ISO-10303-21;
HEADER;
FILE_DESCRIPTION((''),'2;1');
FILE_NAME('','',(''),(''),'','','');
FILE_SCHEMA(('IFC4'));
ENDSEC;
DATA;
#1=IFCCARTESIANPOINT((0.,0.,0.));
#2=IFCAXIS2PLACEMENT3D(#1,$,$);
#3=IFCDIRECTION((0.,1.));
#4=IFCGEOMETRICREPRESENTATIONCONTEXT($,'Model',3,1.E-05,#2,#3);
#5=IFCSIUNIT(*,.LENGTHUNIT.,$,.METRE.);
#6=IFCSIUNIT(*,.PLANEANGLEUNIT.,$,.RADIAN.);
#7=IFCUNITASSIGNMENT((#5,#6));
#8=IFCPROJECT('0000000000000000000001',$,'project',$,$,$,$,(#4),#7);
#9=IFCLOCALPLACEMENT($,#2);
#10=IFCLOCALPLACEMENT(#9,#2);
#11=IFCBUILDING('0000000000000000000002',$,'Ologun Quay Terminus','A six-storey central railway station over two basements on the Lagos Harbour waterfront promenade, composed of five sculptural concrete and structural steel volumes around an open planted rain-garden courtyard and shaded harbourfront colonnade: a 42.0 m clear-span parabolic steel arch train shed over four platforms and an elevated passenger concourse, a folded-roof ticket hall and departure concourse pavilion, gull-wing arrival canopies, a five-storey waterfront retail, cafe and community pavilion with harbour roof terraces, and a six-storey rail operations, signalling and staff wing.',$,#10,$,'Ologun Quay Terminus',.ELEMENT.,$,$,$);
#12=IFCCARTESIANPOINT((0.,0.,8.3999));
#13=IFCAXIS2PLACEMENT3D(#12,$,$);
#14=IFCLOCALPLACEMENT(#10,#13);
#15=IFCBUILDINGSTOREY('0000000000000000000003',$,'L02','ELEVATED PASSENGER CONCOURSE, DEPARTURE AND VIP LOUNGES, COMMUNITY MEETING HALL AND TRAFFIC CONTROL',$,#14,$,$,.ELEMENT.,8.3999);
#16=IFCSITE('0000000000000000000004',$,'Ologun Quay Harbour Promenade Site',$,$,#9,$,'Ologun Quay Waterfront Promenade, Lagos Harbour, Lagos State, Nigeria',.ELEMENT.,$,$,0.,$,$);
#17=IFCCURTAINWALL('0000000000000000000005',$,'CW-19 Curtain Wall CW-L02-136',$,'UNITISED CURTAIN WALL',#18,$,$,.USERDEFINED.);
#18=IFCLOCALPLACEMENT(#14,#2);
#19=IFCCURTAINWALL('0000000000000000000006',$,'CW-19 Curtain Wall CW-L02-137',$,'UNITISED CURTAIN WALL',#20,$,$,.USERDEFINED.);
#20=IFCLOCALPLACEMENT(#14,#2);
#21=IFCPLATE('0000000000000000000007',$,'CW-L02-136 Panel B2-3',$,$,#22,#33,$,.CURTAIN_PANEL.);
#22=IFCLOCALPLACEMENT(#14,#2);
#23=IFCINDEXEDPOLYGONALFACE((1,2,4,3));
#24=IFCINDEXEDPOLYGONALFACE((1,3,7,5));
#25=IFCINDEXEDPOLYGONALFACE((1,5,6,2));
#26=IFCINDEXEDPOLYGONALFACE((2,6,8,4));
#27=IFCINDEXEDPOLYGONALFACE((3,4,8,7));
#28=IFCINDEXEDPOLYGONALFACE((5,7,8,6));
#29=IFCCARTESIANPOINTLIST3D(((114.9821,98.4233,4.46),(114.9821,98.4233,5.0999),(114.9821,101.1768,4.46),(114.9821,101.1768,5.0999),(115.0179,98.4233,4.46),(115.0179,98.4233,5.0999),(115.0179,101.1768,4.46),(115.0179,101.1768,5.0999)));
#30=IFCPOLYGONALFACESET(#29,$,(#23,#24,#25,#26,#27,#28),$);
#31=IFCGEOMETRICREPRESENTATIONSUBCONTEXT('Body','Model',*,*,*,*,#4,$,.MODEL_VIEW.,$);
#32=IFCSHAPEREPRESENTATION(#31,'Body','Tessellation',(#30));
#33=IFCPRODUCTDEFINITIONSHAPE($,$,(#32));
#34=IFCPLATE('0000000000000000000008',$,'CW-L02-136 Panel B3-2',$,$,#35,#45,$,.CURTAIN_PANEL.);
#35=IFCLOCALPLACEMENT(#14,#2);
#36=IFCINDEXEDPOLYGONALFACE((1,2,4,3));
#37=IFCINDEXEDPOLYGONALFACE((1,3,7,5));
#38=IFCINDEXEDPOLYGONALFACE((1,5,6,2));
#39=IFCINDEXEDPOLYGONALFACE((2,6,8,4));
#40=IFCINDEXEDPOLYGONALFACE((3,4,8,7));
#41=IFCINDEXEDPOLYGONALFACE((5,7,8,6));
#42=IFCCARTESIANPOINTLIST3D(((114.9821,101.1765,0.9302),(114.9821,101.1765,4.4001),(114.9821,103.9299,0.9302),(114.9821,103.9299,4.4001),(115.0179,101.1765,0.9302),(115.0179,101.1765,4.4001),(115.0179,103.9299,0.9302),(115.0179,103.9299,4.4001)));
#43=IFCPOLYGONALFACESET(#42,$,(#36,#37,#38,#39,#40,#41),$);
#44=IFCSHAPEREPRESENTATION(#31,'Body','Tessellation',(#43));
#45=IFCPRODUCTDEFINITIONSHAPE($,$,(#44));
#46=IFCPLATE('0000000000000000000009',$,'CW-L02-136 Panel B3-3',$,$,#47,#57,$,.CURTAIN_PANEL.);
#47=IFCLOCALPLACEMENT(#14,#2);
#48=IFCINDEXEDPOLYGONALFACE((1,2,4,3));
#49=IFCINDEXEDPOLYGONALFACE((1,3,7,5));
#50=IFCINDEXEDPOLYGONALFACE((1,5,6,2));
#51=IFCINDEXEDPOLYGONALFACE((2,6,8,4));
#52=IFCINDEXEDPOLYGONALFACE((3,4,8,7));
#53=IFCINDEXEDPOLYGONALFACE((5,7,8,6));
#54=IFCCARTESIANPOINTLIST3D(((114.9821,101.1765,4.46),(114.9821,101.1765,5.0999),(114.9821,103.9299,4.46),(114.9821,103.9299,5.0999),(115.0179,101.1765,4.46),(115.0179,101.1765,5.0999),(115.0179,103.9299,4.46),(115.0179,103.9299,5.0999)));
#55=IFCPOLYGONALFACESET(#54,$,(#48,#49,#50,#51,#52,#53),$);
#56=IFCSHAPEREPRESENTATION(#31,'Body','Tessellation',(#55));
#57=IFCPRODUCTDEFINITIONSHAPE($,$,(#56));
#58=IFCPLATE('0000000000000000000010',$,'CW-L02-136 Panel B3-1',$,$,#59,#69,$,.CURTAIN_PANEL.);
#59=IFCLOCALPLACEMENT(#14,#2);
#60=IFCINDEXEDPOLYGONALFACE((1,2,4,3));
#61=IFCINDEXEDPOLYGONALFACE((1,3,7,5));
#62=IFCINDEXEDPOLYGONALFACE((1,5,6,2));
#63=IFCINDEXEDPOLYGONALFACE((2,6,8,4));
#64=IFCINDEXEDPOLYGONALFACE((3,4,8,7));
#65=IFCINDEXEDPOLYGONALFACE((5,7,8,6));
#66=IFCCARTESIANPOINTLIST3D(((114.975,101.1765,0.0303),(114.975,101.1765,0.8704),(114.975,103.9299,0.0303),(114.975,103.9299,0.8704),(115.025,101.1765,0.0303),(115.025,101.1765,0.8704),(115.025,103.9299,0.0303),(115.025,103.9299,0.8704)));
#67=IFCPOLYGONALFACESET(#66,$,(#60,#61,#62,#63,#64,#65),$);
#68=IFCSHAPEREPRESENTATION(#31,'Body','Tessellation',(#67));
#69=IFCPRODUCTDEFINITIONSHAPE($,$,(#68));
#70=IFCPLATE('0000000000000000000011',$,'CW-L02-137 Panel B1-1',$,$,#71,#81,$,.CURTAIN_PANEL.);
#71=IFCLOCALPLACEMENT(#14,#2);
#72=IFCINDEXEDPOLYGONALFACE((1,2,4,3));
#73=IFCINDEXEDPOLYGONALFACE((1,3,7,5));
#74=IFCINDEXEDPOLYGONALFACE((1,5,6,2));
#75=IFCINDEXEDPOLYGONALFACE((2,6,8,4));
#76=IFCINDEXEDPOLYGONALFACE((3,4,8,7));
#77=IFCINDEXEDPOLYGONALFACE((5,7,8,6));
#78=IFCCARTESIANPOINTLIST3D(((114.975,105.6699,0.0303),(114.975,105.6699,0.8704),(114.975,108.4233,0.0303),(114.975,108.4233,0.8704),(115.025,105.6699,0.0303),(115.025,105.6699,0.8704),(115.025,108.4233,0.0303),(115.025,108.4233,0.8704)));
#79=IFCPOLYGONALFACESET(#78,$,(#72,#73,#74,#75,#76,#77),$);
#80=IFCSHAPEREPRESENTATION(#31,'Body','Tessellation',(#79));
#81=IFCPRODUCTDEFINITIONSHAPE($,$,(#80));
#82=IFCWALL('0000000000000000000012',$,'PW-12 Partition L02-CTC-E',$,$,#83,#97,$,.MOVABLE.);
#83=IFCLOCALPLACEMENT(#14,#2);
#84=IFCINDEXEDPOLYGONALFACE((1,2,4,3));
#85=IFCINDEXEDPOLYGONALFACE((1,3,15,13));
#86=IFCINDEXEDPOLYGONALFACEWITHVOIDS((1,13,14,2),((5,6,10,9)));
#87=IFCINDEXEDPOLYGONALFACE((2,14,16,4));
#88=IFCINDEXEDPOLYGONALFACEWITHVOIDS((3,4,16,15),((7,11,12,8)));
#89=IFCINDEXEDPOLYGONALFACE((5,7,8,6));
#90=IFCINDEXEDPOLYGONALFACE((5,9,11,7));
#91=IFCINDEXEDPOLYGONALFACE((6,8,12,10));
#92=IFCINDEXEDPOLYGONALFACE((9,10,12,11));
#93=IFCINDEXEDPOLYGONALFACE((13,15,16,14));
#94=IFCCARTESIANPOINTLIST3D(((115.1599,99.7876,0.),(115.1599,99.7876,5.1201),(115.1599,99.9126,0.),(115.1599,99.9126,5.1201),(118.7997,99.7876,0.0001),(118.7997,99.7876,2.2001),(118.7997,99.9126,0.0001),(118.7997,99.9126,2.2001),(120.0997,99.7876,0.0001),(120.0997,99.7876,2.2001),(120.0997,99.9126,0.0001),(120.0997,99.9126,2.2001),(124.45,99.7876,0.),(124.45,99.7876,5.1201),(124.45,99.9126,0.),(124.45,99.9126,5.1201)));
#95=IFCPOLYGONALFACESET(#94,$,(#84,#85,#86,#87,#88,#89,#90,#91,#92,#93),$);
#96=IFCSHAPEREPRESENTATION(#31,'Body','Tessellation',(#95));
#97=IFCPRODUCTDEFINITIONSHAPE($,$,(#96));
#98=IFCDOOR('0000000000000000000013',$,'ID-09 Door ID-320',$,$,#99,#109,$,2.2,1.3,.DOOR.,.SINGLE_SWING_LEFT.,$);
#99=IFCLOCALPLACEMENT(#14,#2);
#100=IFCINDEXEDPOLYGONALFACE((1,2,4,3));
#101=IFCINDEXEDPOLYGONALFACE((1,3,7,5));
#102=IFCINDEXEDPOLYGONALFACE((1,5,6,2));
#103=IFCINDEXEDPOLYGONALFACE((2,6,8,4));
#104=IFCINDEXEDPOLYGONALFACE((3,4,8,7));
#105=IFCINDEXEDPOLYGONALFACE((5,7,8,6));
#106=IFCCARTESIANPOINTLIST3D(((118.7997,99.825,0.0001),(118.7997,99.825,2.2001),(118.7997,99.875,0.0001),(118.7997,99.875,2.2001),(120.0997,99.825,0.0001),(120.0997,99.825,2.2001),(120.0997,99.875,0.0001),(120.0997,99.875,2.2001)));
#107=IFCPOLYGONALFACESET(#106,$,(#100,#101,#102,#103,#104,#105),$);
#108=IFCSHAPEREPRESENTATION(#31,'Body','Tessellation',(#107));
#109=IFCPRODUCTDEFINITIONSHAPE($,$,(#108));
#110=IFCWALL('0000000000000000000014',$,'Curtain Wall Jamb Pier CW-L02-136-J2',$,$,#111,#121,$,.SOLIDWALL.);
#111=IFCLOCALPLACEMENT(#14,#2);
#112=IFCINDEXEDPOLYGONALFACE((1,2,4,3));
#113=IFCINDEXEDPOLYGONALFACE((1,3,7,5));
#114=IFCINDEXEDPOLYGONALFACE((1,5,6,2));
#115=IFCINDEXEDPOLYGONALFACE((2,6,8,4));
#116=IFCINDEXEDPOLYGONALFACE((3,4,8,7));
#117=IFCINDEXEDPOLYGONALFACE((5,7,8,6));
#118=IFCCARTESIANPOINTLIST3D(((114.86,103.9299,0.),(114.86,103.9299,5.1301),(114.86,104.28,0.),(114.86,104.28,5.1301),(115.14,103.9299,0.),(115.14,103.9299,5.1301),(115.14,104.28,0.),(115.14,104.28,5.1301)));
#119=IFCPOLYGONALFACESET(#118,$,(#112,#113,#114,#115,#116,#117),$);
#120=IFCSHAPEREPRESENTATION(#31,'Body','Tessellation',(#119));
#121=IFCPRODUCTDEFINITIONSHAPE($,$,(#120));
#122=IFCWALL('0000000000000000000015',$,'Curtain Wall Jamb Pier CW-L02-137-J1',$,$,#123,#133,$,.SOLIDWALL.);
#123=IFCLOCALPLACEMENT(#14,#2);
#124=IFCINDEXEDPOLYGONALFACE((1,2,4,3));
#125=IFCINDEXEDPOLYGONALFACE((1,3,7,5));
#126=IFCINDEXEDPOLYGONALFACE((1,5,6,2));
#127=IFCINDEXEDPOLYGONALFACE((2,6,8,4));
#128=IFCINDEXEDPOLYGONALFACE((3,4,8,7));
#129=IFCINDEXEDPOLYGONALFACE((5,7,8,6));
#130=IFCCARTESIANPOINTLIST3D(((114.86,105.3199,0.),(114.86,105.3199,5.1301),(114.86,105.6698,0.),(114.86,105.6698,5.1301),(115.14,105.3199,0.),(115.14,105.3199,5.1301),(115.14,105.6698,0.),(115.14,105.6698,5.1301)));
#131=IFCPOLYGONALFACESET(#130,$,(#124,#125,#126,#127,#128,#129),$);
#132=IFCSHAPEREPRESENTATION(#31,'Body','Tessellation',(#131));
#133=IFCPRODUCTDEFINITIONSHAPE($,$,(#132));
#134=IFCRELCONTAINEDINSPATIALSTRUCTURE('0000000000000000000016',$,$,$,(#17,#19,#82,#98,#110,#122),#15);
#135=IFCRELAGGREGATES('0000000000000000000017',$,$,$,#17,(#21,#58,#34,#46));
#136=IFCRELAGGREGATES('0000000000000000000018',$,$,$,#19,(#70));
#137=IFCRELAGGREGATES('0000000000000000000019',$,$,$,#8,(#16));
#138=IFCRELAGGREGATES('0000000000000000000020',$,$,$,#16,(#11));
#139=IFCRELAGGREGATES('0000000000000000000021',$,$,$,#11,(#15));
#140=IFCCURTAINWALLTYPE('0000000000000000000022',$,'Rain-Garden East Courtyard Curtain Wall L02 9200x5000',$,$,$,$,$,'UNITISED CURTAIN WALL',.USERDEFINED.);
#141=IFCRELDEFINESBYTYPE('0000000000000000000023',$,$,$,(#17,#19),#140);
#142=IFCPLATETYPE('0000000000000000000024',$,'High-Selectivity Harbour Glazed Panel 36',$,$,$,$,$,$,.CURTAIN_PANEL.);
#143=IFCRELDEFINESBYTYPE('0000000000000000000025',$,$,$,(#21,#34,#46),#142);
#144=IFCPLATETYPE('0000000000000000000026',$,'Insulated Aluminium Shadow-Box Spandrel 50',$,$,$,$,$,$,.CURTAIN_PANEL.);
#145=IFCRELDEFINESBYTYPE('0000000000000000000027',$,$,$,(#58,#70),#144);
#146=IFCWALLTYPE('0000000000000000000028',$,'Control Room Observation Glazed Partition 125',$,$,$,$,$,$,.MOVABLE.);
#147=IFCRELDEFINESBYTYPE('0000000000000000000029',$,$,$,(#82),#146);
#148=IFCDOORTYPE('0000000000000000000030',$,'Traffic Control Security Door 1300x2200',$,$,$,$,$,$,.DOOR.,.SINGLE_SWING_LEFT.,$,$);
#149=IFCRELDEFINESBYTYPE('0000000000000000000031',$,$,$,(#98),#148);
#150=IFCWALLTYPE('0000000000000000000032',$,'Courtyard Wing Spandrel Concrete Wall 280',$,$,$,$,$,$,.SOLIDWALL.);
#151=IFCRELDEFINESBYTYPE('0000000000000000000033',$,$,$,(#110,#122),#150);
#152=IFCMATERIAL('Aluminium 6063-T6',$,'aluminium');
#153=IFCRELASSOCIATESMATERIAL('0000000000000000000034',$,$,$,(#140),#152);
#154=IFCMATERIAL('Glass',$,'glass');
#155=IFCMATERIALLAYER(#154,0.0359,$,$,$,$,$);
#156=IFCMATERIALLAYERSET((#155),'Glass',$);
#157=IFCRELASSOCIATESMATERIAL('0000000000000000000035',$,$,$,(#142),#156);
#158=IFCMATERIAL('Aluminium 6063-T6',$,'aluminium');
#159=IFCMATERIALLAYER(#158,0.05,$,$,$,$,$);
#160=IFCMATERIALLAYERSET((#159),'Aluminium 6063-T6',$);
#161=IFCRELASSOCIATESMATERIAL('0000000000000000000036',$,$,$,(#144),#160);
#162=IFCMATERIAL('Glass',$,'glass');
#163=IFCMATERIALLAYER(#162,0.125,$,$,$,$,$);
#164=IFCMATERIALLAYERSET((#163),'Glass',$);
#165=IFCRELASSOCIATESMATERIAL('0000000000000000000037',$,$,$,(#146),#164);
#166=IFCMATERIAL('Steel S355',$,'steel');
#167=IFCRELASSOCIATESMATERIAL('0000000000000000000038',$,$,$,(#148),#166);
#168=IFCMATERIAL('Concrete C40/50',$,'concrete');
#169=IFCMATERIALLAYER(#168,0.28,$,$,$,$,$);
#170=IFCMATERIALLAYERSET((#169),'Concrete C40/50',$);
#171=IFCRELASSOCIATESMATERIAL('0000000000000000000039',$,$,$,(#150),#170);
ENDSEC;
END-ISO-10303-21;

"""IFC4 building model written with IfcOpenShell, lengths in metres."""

from ifc_helpers import new_model, si_unit, direction, frame, frame_2d, origin, origin_2d, place, context, subcontext, project, spatial, rectangle, extrude, material, layer, layer_set, type_object, element, fill, aggregate, save


model = new_model("IFC4")

# Units and contexts
model_context = context("Model", 3, precision=1e-05, world=origin(), true_north=direction((0.0, 1.0)))
body_context = subcontext(model_context, "Body", "Model", "MODEL_VIEW")
ifc_project = project(units=[si_unit("LENGTHUNIT", "METRE"), si_unit("PLANEANGLEUNIT", "RADIAN")], contexts=[model_context])

# Site, building, storey
site_placement = place(None, origin())
site = spatial("IfcSite", under=ifc_project, at=site_placement, Name="Ologun Quay Harbour Promenade Site", LongName="Ologun Quay Waterfront Promenade, Lagos Harbour, Lagos State, Nigeria", CompositionType="ELEMENT", RefElevation=0.0)
building_placement = place(site_placement, origin())
building = spatial("IfcBuilding", under=site, at=building_placement, Name="Ologun Quay Terminus", Description="A six-storey central railway station over two basements on the Lagos Harbour waterfront promenade, composed of five sculptural concrete and structural steel volumes around an open planted rain-garden courtyard and shaded harbourfront colonnade: a 42.0 m clear-span parabolic steel arch train shed over four platforms and an elevated passenger concourse, a folded-roof ticket hall and departure concourse pavilion, gull-wing arrival canopies, a five-storey waterfront retail, cafe and community pavilion with harbour roof terraces, and a six-storey rail operations, signalling and staff wing.", LongName="Ologun Quay Terminus", CompositionType="ELEMENT")
storey_placement = place(building_placement, frame((0.0, 0.0, 8.3999)))
storey = spatial("IfcBuildingStorey", under=building, at=storey_placement, Name="L02", Description="ELEVATED PASSENGER CONCOURSE, DEPARTURE AND VIP LOUNGES, COMMUNITY MEETING HALL AND TRAFFIC CONTROL", CompositionType="ELEMENT", Elevation=8.3999)

# Curtain wall
ifc_material_1 = material(Name="Aluminium 6063-T6", Category="aluminium")
curtain_wall_type = type_object("IfcCurtainWallType", Name="Rain-Garden East Courtyard Curtain Wall L02 9200x5000", ElementType="UNITISED CURTAIN WALL", PredefinedType="USERDEFINED", material=ifc_material_1)
curtain_wall_1_placement = place(storey_placement, origin())
curtain_wall_1 = element("IfcCurtainWall", 1, at=curtain_wall_1_placement, inside=storey, type_object=curtain_wall_type, Name="CW-19 Curtain Wall CW-L02-136", ObjectType="UNITISED CURTAIN WALL", PredefinedType="USERDEFINED")

# Curtain wall
curtain_wall_2_placement = place(storey_placement, origin())
curtain_wall_2 = element("IfcCurtainWall", 2, at=curtain_wall_2_placement, inside=storey, type_object=curtain_wall_type, Name="CW-19 Curtain Wall CW-L02-137", ObjectType="UNITISED CURTAIN WALL", PredefinedType="USERDEFINED")

# Plates
ifc_material_2 = material(Name="Glass", Category="glass")
ifc_layer_1 = layer(ifc_material_2, 0.0359)
ifc_layer_set_1 = layer_set([ifc_layer_1], Name="Glass")
plate_type_1 = type_object("IfcPlateType", Name="High-Selectivity Harbour Glazed Panel 36", PredefinedType="CURTAIN_PANEL", material=ifc_layer_set_1)
plate_1_placement = place(storey_placement, frame((115.0, 99.8, 4.46), z_axis=(0.0, 0.0, 1.0), x_axis=(0.0, 1.0, 0.0)))
plate_1 = element("IfcPlate", 3, at=plate_1_placement, type_object=plate_type_1, Name="CW-L02-136 Panel B2-3", PredefinedType="CURTAIN_PANEL", context=body_context, shape_type="SweptSolid", body=[
    extrude(rectangle(XDim=2.7534, YDim=0.0359, at=origin_2d()), origin(), (0.0, 0.0, 1.0), 0.6399),
])
plate_2_placement = place(storey_placement, frame((115.0, 102.5532, 0.9302), z_axis=(0.0, 0.0, 1.0), x_axis=(0.0, 1.0, 0.0)))
plate_2 = element("IfcPlate", 4, at=plate_2_placement, type_object=plate_type_1, Name="CW-L02-136 Panel B3-2", PredefinedType="CURTAIN_PANEL", context=body_context, shape_type="SweptSolid", body=[
    extrude(rectangle(XDim=2.7534, YDim=0.0359, at=origin_2d()), origin(), (0.0, 0.0, 1.0), 3.47),
])
plate_3_placement = place(storey_placement, frame((115.0, 102.5532, 4.46), z_axis=(0.0, 0.0, 1.0), x_axis=(0.0, 1.0, 0.0)))
plate_3 = element("IfcPlate", 5, at=plate_3_placement, type_object=plate_type_1, Name="CW-L02-136 Panel B3-3", PredefinedType="CURTAIN_PANEL", context=body_context, shape_type="SweptSolid", body=[
    extrude(rectangle(XDim=2.7534, YDim=0.0359, at=origin_2d()), origin(), (0.0, 0.0, 1.0), 0.6399),
])
ifc_material_3 = material(Name="Aluminium 6063-T6", Category="aluminium")
ifc_layer_2 = layer(ifc_material_3, 0.05)
ifc_layer_set_2 = layer_set([ifc_layer_2], Name="Aluminium 6063-T6")
plate_type_2 = type_object("IfcPlateType", Name="Insulated Aluminium Shadow-Box Spandrel 50", PredefinedType="CURTAIN_PANEL", material=ifc_layer_set_2)
plate_4_placement = place(storey_placement, frame((115.0, 102.5532, 0.0303), z_axis=(0.0, 0.0, 1.0), x_axis=(0.0, 1.0, 0.0)))
plate_4 = element("IfcPlate", 6, at=plate_4_placement, type_object=plate_type_2, Name="CW-L02-136 Panel B3-1", PredefinedType="CURTAIN_PANEL", context=body_context, shape_type="SweptSolid", body=[
    extrude(rectangle(XDim=2.7534, YDim=0.05, at=origin_2d()), origin(), (0.0, 0.0, 1.0), 0.8401),
])
aggregate(curtain_wall_1, [plate_1, plate_4, plate_2, plate_3])
plate_5_placement = place(storey_placement, frame((115.0, 107.0466, 0.0303), z_axis=(0.0, 0.0, 1.0), x_axis=(0.0, 1.0, 0.0)))
plate_5 = element("IfcPlate", 7, at=plate_5_placement, type_object=plate_type_2, Name="CW-L02-137 Panel B1-1", PredefinedType="CURTAIN_PANEL", context=body_context, shape_type="SweptSolid", body=[
    extrude(rectangle(XDim=2.7534, YDim=0.05, at=origin_2d()), origin(), (0.0, 0.0, 1.0), 0.8401),
])
aggregate(curtain_wall_2, [plate_5])

# Wall, opening, door
ifc_material_4 = material(Name="Glass", Category="glass")
ifc_layer_3 = layer(ifc_material_4, 0.125)
ifc_layer_set_3 = layer_set([ifc_layer_3], Name="Glass")
wall_type_1 = type_object("IfcWallType", Name="Control Room Observation Glazed Partition 125", PredefinedType="MOVABLE", material=ifc_layer_set_3)
wall_1_placement = place(storey_placement, frame((115.1599, 99.8501, 0.0), z_axis=(0.0, 0.0, 1.0), x_axis=(1.0, 0.0, 0.0)))
wall_1 = element("IfcWall", 8, at=wall_1_placement, inside=storey, type_object=wall_type_1, Name="PW-12 Partition L02-CTC-E", PredefinedType="MOVABLE", context=body_context, shape_type="SweptSolid", body=[
    extrude(rectangle(XDim=9.29, YDim=0.125, at=frame_2d((4.645, 0.0))), origin(), (0.0, 0.0, 1.0), 5.1201),
])
opening_placement = place(wall_1_placement, frame((3.6399, 0.0, 0.0)))
opening = element("IfcOpeningElement", 9, at=opening_placement, cuts=wall_1, PredefinedType="OPENING", context=body_context, shape_type="SweptSolid", body=[
    extrude(rectangle(XDim=1.3, YDim=2.2, at=frame_2d((0.6499, 1.1001))), frame((0.0, 0.0725, 0.0), z_axis=(0.0, -1.0, 0.0), x_axis=(1.0, 0.0, 0.0)), (0.0, 0.0, 1.0), 0.145),
])
ifc_material_5 = material(Name="Steel S355", Category="steel")
door_type = type_object("IfcDoorType", Name="Traffic Control Security Door 1300x2200", OperationType="SINGLE_SWING_LEFT", PredefinedType="DOOR", material=ifc_material_5)
door_placement = place(opening_placement, origin())
door = element("IfcDoor", 10, at=door_placement, inside=storey, type_object=door_type, Name="ID-09 Door ID-320", OperationType="SINGLE_SWING_LEFT", OverallHeight=2.2, OverallWidth=1.3, PredefinedType="DOOR", context=body_context, shape_type="SweptSolid", body=[
    extrude(rectangle(XDim=1.3, YDim=2.2, at=frame_2d((0.6499, 1.1001))), frame((0.0, 0.0249, 0.0), z_axis=(0.0, -1.0, 0.0), x_axis=(1.0, 0.0, 0.0)), (0.0, 0.0, 1.0), 0.05),
])
fill(opening, door)

# Walls
ifc_material_6 = material(Name="Concrete C40/50", Category="concrete")
ifc_layer_4 = layer(ifc_material_6, 0.28)
ifc_layer_set_4 = layer_set([ifc_layer_4], Name="Concrete C40/50")
wall_type_2 = type_object("IfcWallType", Name="Courtyard Wing Spandrel Concrete Wall 280", PredefinedType="SOLIDWALL", material=ifc_layer_set_4)
wall_2_placement = place(storey_placement, frame((115.0, 103.9299, 0.0), z_axis=(0.0, 0.0, 1.0), x_axis=(0.0, 1.0, 0.0)))
element("IfcWall", 11, at=wall_2_placement, inside=storey, type_object=wall_type_2, Name="Curtain Wall Jamb Pier CW-L02-136-J2", PredefinedType="SOLIDWALL", context=body_context, shape_type="SweptSolid", body=[
    extrude(rectangle(XDim=0.3501, YDim=0.28, at=frame_2d((0.175, 0.0))), origin(), (0.0, 0.0, 1.0), 5.1301),
])
wall_3_placement = place(storey_placement, frame((115.0, 105.3201, 0.0), z_axis=(0.0, 0.0, 1.0), x_axis=(0.0, 1.0, 0.0)))
element("IfcWall", 12, at=wall_3_placement, inside=storey, type_object=wall_type_2, Name="Curtain Wall Jamb Pier CW-L02-137-J1", PredefinedType="SOLIDWALL", context=body_context, shape_type="SweptSolid", body=[
    extrude(rectangle(XDim=0.3499, YDim=0.28, at=frame_2d((0.1748, 0.0))), origin(), (0.0, 0.0, 1.0), 5.1301),
])

save(model, "model.ifc")
